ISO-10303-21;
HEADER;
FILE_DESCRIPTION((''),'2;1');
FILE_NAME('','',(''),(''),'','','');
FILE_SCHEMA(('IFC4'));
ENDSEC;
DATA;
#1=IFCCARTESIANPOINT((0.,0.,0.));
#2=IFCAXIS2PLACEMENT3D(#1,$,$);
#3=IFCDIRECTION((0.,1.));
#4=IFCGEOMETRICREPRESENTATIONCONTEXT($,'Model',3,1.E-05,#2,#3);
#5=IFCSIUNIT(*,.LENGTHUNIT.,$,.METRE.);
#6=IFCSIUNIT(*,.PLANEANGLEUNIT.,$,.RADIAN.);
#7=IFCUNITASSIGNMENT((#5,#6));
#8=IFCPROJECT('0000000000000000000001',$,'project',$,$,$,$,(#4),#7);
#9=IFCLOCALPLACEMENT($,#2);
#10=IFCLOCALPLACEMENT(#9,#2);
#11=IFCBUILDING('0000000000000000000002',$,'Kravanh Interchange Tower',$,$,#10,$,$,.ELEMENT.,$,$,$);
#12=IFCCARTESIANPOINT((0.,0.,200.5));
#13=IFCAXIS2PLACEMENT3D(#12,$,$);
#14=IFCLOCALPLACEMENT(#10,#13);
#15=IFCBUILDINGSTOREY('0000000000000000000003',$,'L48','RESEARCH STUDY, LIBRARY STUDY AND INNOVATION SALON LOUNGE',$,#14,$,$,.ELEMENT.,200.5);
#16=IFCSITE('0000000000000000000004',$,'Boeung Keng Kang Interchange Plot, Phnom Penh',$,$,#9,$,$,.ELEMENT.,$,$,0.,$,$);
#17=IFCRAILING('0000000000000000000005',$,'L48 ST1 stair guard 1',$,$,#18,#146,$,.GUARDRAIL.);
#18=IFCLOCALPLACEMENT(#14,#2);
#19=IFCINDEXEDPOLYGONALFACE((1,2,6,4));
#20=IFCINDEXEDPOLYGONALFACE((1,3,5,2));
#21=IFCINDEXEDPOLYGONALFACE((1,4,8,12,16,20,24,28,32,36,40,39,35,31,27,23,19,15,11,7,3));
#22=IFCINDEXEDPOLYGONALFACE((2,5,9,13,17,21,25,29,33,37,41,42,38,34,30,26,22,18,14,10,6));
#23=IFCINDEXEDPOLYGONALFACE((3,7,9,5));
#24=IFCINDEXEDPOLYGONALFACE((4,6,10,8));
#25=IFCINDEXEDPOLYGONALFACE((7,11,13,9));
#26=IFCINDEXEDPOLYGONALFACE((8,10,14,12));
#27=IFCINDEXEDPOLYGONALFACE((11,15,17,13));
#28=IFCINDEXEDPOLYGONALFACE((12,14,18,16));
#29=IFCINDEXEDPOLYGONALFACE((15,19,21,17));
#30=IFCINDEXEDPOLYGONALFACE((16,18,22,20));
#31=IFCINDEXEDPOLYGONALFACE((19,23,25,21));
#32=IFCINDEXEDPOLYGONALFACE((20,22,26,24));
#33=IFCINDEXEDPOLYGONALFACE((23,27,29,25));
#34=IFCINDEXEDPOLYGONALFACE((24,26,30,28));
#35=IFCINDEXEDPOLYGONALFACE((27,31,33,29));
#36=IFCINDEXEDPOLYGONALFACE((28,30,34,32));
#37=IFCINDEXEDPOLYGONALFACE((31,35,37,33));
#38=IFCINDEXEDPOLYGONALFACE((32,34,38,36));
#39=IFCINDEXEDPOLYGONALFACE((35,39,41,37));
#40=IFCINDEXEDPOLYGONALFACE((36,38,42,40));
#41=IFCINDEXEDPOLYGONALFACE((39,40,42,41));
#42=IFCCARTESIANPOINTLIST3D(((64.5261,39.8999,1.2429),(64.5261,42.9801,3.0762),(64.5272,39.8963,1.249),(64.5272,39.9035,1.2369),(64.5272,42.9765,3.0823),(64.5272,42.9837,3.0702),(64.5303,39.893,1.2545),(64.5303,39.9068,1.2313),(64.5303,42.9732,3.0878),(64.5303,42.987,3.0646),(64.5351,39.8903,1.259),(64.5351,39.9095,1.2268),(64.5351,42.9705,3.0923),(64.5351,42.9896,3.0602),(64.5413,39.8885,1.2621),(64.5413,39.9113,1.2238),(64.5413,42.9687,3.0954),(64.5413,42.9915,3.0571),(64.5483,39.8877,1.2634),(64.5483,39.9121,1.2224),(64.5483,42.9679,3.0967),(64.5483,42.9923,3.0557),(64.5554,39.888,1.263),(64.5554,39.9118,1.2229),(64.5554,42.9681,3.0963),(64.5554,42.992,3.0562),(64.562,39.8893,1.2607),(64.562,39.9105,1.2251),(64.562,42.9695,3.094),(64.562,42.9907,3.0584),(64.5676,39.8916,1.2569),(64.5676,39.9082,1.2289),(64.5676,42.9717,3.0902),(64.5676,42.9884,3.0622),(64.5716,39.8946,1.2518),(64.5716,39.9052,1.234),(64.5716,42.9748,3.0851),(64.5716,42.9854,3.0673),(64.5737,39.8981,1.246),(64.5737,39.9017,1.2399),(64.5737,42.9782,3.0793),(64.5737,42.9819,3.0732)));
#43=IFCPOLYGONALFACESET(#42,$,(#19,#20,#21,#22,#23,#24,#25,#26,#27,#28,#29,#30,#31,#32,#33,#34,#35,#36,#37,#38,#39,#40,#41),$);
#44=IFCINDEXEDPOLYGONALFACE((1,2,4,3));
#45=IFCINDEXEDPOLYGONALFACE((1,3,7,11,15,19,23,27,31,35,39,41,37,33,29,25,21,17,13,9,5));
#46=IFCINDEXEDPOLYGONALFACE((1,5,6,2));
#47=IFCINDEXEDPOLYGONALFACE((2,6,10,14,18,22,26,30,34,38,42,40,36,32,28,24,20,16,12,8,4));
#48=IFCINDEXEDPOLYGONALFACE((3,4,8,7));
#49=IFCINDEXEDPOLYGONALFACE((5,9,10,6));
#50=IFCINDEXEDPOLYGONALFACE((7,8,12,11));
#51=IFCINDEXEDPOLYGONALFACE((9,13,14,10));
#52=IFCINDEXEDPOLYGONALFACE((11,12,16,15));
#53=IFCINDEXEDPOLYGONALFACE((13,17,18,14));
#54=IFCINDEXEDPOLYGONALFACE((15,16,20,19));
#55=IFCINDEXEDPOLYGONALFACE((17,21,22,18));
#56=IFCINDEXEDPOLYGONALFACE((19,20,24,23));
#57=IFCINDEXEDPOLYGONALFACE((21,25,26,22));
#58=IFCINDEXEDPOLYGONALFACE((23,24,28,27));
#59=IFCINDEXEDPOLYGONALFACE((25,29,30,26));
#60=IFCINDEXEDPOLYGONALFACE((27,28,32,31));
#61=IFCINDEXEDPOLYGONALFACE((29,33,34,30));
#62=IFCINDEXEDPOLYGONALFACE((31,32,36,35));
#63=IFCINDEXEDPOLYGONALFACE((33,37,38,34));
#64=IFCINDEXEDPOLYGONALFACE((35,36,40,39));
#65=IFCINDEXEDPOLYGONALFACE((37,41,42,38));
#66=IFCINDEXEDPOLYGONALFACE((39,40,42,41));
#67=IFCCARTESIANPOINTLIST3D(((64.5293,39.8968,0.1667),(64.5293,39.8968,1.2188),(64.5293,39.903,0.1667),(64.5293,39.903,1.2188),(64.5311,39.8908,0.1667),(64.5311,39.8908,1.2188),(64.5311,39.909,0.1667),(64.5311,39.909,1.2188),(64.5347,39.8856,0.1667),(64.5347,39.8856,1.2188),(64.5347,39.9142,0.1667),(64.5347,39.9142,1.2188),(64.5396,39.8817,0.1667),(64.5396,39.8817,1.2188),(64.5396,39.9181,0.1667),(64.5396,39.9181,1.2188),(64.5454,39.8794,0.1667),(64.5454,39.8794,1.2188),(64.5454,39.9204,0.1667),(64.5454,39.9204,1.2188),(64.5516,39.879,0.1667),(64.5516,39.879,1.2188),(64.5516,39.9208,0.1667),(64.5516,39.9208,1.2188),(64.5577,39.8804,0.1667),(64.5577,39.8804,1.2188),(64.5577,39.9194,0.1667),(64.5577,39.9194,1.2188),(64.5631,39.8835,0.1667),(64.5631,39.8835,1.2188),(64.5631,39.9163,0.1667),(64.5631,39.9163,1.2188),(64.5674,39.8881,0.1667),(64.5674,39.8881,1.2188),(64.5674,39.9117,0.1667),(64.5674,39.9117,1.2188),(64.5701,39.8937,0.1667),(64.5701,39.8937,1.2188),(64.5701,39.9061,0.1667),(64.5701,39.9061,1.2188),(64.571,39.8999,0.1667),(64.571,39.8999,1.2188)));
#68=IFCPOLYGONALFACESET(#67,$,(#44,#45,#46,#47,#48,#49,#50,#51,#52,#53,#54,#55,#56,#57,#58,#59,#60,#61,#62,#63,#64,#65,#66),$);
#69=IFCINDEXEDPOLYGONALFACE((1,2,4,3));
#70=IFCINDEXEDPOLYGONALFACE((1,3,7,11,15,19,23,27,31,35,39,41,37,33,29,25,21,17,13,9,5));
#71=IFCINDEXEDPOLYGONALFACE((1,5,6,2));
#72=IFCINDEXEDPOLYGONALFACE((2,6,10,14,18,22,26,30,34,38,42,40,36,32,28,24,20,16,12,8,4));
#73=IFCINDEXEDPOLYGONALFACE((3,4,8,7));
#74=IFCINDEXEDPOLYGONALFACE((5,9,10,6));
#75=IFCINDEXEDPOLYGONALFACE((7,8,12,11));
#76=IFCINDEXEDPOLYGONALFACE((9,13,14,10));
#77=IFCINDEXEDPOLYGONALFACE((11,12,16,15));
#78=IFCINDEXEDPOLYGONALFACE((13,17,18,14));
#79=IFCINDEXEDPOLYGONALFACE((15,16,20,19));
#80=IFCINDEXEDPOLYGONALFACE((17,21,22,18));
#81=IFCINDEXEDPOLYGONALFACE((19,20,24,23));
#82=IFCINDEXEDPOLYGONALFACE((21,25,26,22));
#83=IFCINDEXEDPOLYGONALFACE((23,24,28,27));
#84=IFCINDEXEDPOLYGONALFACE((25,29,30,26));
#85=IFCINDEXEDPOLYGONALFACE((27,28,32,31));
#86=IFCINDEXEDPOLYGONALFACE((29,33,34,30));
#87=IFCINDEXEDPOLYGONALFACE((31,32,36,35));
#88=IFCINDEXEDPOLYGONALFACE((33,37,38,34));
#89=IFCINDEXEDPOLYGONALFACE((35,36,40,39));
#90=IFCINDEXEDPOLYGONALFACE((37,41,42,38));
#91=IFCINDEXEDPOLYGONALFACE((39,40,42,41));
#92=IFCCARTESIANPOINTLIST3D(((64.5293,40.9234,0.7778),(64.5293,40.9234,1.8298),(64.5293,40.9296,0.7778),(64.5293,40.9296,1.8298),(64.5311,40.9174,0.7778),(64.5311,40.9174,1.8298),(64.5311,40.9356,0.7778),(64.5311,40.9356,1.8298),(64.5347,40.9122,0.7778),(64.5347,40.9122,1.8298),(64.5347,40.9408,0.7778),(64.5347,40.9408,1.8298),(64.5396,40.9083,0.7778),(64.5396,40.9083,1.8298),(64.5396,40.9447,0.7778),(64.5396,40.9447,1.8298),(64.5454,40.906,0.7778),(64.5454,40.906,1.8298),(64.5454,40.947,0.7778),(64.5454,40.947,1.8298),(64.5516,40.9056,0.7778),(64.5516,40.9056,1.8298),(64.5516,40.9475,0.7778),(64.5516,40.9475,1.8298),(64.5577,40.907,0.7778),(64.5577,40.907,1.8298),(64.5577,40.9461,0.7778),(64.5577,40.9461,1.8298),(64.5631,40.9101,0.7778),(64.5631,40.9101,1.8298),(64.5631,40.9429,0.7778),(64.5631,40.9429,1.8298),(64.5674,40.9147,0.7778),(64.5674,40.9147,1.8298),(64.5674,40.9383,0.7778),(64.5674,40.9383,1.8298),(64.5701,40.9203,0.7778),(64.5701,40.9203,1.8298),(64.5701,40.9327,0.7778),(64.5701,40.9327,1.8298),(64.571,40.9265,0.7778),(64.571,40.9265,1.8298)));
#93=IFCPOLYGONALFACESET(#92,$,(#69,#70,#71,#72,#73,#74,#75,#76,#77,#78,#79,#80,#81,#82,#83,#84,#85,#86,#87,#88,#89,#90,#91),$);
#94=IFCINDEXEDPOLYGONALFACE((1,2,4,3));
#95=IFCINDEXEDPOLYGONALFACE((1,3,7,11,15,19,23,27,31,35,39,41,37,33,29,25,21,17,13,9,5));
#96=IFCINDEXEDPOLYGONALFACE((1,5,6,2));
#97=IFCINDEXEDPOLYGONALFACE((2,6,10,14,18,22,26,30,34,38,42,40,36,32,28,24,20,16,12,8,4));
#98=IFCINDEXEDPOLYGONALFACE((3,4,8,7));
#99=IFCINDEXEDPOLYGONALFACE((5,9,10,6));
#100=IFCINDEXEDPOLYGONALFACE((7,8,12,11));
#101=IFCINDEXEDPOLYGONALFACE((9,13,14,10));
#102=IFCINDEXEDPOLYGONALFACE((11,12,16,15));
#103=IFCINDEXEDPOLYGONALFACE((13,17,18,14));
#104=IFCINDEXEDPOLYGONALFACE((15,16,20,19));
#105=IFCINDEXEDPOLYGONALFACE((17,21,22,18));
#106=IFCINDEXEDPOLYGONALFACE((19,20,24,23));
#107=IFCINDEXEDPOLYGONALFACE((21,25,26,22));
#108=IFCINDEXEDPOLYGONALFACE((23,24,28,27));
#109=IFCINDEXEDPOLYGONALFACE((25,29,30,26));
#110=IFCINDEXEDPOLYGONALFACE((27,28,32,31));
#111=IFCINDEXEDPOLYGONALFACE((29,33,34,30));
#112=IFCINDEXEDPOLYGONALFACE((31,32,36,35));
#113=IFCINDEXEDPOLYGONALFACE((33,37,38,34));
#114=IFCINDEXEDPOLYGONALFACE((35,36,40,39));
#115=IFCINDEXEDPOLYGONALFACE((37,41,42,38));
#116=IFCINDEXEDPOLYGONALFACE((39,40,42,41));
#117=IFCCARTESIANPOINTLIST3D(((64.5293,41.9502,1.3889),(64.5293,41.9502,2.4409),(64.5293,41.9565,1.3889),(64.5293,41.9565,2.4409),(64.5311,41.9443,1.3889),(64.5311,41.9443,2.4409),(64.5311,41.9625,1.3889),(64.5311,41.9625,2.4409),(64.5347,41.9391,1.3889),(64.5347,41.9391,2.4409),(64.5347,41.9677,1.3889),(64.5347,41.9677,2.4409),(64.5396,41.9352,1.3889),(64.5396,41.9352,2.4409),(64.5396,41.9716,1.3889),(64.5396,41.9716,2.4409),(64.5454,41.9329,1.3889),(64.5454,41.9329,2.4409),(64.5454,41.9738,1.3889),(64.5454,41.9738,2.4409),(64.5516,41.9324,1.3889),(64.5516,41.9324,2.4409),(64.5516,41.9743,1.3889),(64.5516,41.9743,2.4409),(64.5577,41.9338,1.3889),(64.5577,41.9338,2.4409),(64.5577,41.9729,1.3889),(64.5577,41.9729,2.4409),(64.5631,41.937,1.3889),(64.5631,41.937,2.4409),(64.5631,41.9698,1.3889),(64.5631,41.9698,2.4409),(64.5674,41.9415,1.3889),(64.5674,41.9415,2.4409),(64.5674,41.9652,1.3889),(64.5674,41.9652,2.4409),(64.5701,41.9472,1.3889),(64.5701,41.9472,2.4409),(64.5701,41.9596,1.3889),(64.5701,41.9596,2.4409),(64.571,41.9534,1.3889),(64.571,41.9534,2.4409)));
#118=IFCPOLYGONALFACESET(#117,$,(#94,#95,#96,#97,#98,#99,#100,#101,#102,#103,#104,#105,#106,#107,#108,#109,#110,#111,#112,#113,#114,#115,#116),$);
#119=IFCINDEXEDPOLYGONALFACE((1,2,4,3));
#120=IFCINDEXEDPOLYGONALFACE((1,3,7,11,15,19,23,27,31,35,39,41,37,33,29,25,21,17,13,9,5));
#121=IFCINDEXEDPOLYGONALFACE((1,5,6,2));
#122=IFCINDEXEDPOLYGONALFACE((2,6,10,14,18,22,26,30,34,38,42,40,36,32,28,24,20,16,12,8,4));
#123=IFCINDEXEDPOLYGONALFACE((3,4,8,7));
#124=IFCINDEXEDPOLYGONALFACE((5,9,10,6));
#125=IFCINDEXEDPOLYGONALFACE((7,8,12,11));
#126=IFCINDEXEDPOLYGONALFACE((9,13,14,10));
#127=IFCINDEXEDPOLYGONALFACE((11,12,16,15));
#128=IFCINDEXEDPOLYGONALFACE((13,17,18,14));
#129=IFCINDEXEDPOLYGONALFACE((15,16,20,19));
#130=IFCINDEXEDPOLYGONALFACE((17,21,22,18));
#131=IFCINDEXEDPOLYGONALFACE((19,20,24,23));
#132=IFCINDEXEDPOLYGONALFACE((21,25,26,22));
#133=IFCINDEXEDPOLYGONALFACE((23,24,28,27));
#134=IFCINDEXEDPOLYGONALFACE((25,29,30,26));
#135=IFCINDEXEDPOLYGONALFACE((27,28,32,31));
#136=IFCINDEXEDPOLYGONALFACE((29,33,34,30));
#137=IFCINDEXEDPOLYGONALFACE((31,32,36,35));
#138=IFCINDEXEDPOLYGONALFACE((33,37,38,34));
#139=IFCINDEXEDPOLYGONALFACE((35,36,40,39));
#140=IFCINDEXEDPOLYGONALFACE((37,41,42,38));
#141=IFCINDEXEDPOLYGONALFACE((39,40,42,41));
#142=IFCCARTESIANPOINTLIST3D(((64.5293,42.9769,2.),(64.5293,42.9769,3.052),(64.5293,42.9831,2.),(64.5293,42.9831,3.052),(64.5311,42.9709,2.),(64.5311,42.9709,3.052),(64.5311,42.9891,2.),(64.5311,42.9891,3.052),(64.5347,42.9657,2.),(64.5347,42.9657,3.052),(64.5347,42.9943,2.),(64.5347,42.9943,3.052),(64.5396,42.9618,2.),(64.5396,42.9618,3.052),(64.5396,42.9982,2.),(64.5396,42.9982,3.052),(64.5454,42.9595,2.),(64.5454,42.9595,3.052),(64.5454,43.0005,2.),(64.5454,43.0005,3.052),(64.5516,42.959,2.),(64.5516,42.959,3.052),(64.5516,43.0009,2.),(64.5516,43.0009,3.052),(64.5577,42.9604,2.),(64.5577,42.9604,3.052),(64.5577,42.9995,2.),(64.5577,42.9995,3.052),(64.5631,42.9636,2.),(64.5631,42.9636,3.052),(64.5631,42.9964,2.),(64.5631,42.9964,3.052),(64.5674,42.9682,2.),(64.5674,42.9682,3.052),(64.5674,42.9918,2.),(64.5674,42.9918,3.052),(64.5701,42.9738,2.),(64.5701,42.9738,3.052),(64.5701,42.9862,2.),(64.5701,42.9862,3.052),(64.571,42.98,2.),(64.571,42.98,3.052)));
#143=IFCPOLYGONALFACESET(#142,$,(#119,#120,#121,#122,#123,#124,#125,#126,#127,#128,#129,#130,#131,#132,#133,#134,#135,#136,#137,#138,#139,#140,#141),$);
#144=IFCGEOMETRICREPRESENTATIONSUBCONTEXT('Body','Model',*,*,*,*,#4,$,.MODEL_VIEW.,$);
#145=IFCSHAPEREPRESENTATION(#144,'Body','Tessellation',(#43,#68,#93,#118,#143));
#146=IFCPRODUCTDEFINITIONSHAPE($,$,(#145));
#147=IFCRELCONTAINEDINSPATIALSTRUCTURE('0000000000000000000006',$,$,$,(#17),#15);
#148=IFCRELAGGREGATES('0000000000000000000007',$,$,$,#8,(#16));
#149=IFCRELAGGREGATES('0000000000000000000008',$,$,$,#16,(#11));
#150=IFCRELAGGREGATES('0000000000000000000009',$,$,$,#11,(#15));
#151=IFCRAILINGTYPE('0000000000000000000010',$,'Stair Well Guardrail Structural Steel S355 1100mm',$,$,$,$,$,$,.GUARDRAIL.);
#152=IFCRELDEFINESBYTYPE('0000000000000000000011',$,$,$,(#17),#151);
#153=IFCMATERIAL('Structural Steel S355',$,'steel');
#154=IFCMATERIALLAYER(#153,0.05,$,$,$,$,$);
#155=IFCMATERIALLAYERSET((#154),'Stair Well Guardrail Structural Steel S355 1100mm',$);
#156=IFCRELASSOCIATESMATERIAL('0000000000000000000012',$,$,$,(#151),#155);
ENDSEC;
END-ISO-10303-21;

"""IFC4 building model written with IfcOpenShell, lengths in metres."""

from ifc_helpers import new_model, si_unit, direction, frame, origin, origin_2d, place, context, subcontext, project, spatial, circle, extrude, material, layer, layer_set, type_object, element, save


model = new_model("IFC4")

# Units and contexts
model_context = context("Model", 3, precision=1e-05, world=origin(), true_north=direction((0.0, 1.0)))
body_context = subcontext(model_context, "Body", "Model", "MODEL_VIEW")
ifc_project = project(units=[si_unit("LENGTHUNIT", "METRE"), si_unit("PLANEANGLEUNIT", "RADIAN")], contexts=[model_context])

# Site, building, storey
site_placement = place(None, origin())
site = spatial("IfcSite", under=ifc_project, at=site_placement, Name="Boeung Keng Kang Interchange Plot, Phnom Penh", CompositionType="ELEMENT", RefElevation=0.0)
building_placement = place(site_placement, origin())
building = spatial("IfcBuilding", under=site, at=building_placement, Name="Kravanh Interchange Tower", CompositionType="ELEMENT")
storey_placement = place(building_placement, frame((0.0, 0.0, 200.5)))
storey = spatial("IfcBuildingStorey", under=building, at=storey_placement, Name="L48", Description="RESEARCH STUDY, LIBRARY STUDY AND INNOVATION SALON LOUNGE", CompositionType="ELEMENT", Elevation=200.5)

# Railing
ifc_material_1 = material(Name="Structural Steel S355", Category="steel")
ifc_layer_1 = layer(ifc_material_1, 0.05)
ifc_layer_set_1 = layer_set([ifc_layer_1], Name="Stair Well Guardrail Structural Steel S355 1100mm")
railing_type_1 = type_object("IfcRailingType", Name="Stair Well Guardrail Structural Steel S355 1100mm", PredefinedType="GUARDRAIL", material=ifc_layer_set_1)
railing_1_placement = place(storey_placement, frame((64.55, 39.8999, 0.1667)))
element("IfcRailing", 1, at=railing_1_placement, inside=storey, type_object=railing_type_1, Name="L48 ST1 stair guard 1", PredefinedType="GUARDRAIL", context=body_context, shape_type="SweptSolid", body=[
    extrude(circle(Radius=0.0239, at=origin_2d()), frame((0.0, 0.0, 1.0762), z_axis=(0.0, 0.859309, 0.511458), x_axis=(-1.0, 0.0, 0.0)), (0.0, 0.0, 1.0), 3.5845),
    extrude(circle(Radius=0.021, at=origin_2d()), origin(), (0.0, 0.0, 1.0), 1.052),
    extrude(circle(Radius=0.021, at=origin_2d()), frame((0.0, 1.0266, 0.6111)), (0.0, 0.0, 1.0), 1.052),
    extrude(circle(Radius=0.021, at=origin_2d()), frame((0.0, 2.0535, 1.2222)), (0.0, 0.0, 1.0), 1.052),
    extrude(circle(Radius=0.021, at=origin_2d()), frame((0.0, 3.0801, 1.8333)), (0.0, 0.0, 1.0), 1.052),
])

save(model, "model.ifc")
